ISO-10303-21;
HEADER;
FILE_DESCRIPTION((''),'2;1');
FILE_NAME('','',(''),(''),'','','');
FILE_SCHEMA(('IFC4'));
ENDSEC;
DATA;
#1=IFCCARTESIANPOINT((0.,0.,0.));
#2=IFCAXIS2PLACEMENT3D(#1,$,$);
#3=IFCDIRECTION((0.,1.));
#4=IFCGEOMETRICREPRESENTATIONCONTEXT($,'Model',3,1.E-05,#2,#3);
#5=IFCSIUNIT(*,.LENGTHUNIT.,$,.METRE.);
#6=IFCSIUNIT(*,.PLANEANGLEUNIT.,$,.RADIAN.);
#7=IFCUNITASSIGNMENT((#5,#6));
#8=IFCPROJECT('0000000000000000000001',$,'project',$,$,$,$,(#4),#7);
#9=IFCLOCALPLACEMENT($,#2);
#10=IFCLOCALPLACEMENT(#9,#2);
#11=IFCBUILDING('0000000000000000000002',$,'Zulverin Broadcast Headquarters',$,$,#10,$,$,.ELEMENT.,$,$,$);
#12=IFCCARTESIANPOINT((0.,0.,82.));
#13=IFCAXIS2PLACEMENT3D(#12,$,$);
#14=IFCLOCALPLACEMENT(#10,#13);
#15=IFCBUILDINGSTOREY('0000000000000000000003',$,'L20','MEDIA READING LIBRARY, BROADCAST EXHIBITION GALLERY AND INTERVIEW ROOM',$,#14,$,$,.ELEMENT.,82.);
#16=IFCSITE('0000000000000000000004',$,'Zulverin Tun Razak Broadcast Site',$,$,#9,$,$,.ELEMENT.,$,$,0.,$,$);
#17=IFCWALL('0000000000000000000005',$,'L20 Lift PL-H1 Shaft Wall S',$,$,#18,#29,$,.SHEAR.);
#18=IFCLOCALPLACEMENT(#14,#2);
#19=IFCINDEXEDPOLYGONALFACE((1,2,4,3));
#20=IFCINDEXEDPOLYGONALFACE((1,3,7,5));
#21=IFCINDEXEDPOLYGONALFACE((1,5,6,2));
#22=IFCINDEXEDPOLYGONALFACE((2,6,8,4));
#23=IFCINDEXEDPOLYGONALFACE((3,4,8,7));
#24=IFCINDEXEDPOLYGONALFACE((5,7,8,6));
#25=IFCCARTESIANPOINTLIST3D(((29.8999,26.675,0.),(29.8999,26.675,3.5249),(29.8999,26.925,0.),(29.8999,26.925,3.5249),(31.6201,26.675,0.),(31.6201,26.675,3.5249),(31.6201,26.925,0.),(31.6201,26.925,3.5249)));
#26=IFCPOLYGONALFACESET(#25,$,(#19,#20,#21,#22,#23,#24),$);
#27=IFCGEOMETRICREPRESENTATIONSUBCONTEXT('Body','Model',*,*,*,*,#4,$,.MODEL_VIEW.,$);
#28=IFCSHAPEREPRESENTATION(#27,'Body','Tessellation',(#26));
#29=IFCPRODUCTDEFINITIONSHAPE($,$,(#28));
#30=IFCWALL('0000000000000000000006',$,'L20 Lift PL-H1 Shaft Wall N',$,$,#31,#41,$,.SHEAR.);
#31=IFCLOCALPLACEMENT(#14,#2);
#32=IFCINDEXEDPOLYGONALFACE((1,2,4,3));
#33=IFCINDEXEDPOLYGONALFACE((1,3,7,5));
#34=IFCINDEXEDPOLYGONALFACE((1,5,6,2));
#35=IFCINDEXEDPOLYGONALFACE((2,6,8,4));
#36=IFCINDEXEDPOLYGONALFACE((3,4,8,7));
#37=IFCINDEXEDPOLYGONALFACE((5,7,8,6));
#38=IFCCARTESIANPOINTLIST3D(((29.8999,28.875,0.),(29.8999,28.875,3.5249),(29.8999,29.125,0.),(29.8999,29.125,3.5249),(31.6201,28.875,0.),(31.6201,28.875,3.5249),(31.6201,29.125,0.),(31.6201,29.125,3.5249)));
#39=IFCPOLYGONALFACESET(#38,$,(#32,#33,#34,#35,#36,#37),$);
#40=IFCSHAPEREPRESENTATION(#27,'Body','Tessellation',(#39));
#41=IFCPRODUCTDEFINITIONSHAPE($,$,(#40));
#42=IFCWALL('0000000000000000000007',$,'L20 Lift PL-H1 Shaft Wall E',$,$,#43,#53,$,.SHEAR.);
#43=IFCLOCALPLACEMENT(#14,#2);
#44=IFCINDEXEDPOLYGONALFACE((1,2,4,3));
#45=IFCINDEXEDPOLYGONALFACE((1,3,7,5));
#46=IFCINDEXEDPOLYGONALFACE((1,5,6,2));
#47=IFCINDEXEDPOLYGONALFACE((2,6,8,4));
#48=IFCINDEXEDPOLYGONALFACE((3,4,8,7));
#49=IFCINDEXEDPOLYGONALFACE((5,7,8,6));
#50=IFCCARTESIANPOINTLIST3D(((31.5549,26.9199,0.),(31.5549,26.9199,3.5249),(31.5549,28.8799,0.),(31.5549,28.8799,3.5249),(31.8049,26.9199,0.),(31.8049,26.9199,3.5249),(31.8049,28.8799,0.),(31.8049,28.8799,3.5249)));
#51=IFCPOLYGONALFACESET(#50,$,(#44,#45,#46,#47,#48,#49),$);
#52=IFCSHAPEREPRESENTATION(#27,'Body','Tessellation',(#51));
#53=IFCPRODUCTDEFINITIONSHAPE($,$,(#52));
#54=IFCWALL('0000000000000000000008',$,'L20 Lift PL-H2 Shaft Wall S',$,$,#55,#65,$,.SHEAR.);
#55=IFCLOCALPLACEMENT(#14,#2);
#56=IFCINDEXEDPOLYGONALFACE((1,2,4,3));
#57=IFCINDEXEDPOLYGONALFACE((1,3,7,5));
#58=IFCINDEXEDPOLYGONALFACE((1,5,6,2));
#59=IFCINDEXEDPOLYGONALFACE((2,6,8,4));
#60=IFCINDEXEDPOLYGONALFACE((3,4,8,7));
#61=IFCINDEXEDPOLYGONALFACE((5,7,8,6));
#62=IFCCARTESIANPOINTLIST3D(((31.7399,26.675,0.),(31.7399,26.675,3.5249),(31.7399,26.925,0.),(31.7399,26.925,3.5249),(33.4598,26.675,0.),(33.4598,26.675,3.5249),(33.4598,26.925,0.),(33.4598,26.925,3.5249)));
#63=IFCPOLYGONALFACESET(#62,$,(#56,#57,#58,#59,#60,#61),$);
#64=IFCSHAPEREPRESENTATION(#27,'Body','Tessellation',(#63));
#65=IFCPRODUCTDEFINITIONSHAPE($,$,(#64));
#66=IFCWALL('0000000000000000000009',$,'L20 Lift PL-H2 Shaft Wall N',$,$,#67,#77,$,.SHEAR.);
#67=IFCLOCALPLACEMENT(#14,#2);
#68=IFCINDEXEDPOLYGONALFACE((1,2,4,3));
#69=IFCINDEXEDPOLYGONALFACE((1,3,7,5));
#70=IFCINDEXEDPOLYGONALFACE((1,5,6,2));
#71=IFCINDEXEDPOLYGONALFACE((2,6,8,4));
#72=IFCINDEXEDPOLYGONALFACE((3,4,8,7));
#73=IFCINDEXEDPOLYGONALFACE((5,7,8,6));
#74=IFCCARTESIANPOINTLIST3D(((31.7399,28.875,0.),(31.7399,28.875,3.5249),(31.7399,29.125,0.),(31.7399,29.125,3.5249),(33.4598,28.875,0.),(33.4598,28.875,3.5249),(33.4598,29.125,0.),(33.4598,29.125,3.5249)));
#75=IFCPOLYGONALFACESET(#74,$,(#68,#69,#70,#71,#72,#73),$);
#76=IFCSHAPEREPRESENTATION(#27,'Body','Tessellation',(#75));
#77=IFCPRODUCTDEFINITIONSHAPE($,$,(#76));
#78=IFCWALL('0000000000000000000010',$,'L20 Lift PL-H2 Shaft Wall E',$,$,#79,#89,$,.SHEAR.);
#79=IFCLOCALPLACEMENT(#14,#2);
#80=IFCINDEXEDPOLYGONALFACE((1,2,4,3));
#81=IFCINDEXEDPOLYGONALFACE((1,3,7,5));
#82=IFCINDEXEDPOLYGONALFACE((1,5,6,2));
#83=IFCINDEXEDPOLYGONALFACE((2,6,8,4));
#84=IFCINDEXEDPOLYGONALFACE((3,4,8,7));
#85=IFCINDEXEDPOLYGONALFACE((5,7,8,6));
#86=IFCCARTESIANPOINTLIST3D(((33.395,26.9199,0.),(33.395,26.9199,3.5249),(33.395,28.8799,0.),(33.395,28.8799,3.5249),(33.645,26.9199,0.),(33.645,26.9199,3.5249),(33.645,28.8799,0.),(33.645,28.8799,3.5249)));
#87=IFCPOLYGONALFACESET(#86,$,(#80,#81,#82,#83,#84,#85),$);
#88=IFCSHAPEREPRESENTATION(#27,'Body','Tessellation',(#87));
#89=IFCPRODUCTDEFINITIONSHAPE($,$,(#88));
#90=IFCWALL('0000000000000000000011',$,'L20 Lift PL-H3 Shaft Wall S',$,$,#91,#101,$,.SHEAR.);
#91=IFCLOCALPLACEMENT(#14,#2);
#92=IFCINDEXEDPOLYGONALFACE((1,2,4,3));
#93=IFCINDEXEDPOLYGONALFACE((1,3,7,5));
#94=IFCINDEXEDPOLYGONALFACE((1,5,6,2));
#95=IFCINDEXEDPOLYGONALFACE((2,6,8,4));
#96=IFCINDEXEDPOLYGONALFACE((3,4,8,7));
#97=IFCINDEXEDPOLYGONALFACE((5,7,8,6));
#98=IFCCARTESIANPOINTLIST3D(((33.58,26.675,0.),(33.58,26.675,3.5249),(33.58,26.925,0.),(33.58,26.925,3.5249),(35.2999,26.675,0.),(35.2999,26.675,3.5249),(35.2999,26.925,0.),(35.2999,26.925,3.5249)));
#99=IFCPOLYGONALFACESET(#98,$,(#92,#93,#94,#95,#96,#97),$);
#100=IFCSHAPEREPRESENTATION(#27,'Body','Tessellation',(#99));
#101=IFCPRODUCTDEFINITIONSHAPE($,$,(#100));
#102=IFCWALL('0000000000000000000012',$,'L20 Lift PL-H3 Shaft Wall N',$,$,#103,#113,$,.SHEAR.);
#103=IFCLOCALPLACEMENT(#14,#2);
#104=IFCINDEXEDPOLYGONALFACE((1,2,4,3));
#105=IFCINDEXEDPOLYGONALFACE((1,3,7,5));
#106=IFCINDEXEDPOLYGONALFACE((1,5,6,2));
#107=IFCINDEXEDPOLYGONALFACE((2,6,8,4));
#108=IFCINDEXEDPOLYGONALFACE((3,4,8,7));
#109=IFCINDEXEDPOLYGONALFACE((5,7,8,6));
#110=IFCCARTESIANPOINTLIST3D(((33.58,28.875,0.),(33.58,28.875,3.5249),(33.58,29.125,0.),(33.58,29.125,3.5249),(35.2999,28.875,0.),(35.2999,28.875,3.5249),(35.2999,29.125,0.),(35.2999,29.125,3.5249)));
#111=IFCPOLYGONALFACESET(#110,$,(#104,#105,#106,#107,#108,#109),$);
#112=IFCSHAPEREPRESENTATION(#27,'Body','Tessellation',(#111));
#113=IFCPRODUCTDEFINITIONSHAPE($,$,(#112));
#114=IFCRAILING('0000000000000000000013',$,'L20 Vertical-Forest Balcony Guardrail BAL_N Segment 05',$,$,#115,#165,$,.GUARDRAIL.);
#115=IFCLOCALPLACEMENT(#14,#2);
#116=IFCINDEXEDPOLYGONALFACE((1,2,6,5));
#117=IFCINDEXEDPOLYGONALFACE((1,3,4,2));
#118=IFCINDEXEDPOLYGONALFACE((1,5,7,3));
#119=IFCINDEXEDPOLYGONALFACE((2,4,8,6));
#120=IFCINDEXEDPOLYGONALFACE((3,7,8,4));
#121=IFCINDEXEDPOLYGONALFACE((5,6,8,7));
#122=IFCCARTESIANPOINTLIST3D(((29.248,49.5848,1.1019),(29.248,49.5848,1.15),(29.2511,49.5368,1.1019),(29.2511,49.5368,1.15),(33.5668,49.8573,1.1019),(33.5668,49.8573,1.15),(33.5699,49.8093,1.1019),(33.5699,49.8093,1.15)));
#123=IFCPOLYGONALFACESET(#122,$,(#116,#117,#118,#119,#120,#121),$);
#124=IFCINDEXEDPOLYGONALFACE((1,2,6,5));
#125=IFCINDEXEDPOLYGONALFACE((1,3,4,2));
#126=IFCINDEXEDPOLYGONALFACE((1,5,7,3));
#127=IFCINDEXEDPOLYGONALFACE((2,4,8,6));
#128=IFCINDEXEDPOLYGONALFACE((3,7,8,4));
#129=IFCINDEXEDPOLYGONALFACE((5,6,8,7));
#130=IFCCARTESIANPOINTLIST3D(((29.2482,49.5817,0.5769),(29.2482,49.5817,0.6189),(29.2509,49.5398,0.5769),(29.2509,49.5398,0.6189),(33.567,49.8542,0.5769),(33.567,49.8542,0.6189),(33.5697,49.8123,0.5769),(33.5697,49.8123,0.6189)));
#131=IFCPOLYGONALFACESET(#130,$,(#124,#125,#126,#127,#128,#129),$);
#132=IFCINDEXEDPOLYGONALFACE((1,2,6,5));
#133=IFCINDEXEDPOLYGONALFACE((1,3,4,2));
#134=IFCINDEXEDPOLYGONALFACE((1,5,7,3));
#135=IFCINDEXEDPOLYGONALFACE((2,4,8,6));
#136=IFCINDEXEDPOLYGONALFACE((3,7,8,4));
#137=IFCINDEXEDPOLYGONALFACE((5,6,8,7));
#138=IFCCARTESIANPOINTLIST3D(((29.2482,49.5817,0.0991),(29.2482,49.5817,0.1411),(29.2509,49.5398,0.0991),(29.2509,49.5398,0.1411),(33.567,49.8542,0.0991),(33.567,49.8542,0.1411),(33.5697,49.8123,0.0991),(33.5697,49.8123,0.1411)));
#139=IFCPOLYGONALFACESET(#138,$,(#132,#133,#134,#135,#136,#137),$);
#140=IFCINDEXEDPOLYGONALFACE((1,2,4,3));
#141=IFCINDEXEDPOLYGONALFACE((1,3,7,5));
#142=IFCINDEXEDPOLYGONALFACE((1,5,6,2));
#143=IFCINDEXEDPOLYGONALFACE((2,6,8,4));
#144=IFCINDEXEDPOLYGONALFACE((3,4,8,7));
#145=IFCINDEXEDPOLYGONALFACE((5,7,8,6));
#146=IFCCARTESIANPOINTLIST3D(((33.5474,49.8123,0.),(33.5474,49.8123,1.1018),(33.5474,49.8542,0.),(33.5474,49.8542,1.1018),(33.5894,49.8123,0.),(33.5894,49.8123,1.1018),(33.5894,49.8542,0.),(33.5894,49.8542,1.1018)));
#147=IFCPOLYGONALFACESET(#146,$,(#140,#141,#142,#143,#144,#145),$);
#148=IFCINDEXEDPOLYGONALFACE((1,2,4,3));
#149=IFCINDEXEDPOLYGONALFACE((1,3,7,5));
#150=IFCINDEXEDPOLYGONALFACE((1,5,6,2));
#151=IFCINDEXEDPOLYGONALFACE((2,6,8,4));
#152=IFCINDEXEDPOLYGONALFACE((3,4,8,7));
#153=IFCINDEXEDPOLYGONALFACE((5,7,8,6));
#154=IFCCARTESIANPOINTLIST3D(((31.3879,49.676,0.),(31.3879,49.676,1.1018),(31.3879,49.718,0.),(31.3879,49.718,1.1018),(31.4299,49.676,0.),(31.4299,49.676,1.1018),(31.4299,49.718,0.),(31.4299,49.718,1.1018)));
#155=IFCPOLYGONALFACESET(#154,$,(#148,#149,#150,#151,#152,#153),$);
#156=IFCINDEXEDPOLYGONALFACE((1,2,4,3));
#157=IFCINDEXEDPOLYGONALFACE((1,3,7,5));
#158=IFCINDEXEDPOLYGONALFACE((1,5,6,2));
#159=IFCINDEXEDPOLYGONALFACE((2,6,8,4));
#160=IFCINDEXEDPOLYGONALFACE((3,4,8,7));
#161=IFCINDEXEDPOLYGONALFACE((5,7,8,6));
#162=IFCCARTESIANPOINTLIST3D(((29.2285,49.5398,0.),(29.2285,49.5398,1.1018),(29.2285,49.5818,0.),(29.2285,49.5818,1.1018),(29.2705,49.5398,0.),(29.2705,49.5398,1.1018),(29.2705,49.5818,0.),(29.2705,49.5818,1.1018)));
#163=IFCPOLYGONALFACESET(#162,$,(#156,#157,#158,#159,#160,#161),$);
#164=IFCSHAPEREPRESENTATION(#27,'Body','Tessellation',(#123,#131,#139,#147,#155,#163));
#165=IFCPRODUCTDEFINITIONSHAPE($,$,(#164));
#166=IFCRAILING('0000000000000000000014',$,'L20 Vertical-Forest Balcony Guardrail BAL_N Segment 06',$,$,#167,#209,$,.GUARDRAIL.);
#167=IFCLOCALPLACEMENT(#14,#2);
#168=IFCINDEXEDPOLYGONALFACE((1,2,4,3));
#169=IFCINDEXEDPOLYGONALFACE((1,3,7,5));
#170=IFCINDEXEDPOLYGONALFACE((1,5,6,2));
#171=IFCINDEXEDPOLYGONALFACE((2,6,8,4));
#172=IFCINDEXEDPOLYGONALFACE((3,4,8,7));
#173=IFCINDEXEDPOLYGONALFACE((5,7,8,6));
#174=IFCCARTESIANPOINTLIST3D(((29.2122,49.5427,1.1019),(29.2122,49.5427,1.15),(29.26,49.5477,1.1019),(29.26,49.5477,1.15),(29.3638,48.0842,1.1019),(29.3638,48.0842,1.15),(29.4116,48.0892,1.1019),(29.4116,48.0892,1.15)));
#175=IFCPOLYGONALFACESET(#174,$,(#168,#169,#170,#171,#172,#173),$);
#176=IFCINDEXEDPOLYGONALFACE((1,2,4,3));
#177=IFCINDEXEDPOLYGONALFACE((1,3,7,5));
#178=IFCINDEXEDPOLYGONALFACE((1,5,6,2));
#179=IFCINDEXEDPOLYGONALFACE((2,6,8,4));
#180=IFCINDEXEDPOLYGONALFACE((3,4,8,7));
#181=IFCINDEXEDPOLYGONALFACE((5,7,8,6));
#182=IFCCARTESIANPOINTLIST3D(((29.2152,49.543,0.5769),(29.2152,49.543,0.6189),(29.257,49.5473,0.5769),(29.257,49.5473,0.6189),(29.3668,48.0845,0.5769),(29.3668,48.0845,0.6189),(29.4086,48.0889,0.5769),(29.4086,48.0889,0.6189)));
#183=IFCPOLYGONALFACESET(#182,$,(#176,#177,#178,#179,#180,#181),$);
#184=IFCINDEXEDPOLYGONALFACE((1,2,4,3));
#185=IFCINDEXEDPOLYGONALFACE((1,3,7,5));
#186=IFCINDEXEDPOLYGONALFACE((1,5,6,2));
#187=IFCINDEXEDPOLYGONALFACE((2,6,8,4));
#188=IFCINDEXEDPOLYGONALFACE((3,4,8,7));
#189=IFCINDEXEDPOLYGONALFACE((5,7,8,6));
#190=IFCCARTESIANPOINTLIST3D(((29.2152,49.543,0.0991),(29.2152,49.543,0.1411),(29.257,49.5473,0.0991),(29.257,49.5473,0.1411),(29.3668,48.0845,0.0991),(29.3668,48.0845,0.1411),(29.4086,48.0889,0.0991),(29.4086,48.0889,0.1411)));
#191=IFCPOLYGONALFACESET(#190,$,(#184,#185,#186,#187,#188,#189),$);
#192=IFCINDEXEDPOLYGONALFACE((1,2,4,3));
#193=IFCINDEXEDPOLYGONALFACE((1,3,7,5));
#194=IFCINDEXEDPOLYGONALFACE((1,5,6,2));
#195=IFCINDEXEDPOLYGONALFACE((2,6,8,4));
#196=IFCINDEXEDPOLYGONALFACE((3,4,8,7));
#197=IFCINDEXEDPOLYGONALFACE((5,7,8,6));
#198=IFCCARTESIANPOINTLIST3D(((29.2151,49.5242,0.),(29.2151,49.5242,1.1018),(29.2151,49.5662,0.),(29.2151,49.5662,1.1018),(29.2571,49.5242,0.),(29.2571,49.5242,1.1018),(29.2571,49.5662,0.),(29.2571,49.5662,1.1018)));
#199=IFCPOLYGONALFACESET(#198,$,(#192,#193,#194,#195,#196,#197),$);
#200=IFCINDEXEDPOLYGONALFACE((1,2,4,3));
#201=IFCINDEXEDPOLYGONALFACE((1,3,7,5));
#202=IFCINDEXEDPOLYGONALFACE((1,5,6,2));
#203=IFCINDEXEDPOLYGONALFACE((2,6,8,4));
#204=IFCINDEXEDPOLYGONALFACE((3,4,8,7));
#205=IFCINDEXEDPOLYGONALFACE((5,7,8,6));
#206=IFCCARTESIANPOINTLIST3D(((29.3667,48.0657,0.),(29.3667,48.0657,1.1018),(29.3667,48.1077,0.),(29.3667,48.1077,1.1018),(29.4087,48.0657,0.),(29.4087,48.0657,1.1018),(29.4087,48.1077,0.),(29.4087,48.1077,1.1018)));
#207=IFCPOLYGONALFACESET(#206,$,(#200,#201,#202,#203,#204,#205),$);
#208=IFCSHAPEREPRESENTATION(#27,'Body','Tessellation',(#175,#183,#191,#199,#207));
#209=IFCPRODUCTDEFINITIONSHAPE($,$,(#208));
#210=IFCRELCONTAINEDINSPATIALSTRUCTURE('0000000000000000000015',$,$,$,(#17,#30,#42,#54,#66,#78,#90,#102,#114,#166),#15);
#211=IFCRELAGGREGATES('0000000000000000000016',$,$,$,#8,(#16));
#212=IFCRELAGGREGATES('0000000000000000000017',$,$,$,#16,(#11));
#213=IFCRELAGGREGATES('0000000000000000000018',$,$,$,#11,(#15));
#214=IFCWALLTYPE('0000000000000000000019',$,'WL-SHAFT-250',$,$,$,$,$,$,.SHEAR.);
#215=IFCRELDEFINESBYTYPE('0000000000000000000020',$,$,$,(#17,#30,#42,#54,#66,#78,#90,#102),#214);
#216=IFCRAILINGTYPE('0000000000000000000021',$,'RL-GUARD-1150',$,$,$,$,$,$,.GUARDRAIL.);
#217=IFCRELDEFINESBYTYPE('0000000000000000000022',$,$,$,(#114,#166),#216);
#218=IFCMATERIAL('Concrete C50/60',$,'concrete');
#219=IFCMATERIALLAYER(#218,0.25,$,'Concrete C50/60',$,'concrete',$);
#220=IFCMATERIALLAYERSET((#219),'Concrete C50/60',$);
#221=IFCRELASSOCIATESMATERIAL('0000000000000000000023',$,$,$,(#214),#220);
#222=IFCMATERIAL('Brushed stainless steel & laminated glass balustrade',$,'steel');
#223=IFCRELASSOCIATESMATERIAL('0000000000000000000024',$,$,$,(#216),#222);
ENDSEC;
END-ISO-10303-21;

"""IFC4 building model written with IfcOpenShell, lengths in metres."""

from ifc_helpers import new_model, si_unit, direction, frame, frame_2d, origin, origin_2d, place, context, subcontext, project, spatial, rectangle, extrude, material, layer, layer_set, type_object, element, save


model = new_model("IFC4")

# Units and contexts
model_context = context("Model", 3, precision=1e-05, world=origin(), true_north=direction((0.0, 1.0)))
body_context = subcontext(model_context, "Body", "Model", "MODEL_VIEW")
ifc_project = project(units=[si_unit("LENGTHUNIT", "METRE"), si_unit("PLANEANGLEUNIT", "RADIAN")], contexts=[model_context])

# Site, building, storey
site_placement = place(None, origin())
site = spatial("IfcSite", under=ifc_project, at=site_placement, Name="Zulverin Tun Razak Broadcast Site", CompositionType="ELEMENT", RefElevation=0.0)
building_placement = place(site_placement, origin())
building = spatial("IfcBuilding", under=site, at=building_placement, Name="Zulverin Broadcast Headquarters", CompositionType="ELEMENT")
storey_placement = place(building_placement, frame((0.0, 0.0, 82.0)))
storey = spatial("IfcBuildingStorey", under=building, at=storey_placement, Name="L20", Description="MEDIA READING LIBRARY, BROADCAST EXHIBITION GALLERY AND INTERVIEW ROOM", CompositionType="ELEMENT", Elevation=82.0)

# Shared definitions
ifc_material_1 = material(Name="Concrete C50/60", Category="concrete")
ifc_layer_1 = layer(ifc_material_1, 0.25, Name="Concrete C50/60", Category="concrete")
ifc_layer_set_1 = layer_set([ifc_layer_1], Name="Concrete C50/60")
wall_type_1 = type_object("IfcWallType", Name="WL-SHAFT-250", PredefinedType="SHEAR", material=ifc_layer_set_1)

# Walls
for number, where, z_axis, x_axis, name in (
    (1, (29.8999, 26.8, 0.0), (0.0, 0.0, 1.0), (1.0, 0.0, 0.0), "L20 Lift PL-H1 Shaft Wall S"),
    (2, (29.8999, 29.0, 0.0), (0.0, 0.0, 1.0), (1.0, 0.0, 0.0), "L20 Lift PL-H1 Shaft Wall N"),
):
    element("IfcWall", number, at=place(storey_placement, frame(where, z_axis=z_axis, x_axis=x_axis)), inside=storey, type_object=wall_type_1, Name=name, PredefinedType="SHEAR", context=body_context, shape_type="SweptSolid", body=[
        extrude(rectangle(XDim=1.7202, YDim=0.25, at=frame_2d((0.8601, 0.0))), origin(), (0.0, 0.0, 1.0), 3.5249),
    ])
wall_1_placement = place(storey_placement, frame((31.6799, 26.9199, 0.0), z_axis=(0.0, 0.0, 1.0), x_axis=(0.0, 1.0, 0.0)))
element("IfcWall", 3, at=wall_1_placement, inside=storey, type_object=wall_type_1, Name="L20 Lift PL-H1 Shaft Wall E", PredefinedType="SHEAR", context=body_context, shape_type="SweptSolid", body=[
    extrude(rectangle(XDim=1.96, YDim=0.25, at=frame_2d((0.98, 0.0))), origin(), (0.0, 0.0, 1.0), 3.5249),
])
for number, where, z_axis, x_axis, name in (
    (4, (31.74, 26.8, 0.0), (0.0, 0.0, 1.0), (1.0, 0.0, 0.0), "L20 Lift PL-H2 Shaft Wall S"),
    (5, (31.74, 29.0, 0.0), (0.0, 0.0, 1.0), (1.0, 0.0, 0.0), "L20 Lift PL-H2 Shaft Wall N"),
):
    element("IfcWall", number, at=place(storey_placement, frame(where, z_axis=z_axis, x_axis=x_axis)), inside=storey, type_object=wall_type_1, Name=name, PredefinedType="SHEAR", context=body_context, shape_type="SweptSolid", body=[
        extrude(rectangle(XDim=1.72, YDim=0.25, at=frame_2d((0.8599, 0.0))), origin(), (0.0, 0.0, 1.0), 3.5249),
    ])
wall_2_placement = place(storey_placement, frame((33.52, 26.9199, 0.0), z_axis=(0.0, 0.0, 1.0), x_axis=(0.0, 1.0, 0.0)))
element("IfcWall", 6, at=wall_2_placement, inside=storey, type_object=wall_type_1, Name="L20 Lift PL-H2 Shaft Wall E", PredefinedType="SHEAR", context=body_context, shape_type="SweptSolid", body=[
    extrude(rectangle(XDim=1.96, YDim=0.25, at=frame_2d((0.98, 0.0))), origin(), (0.0, 0.0, 1.0), 3.5249),
])
for number, where, z_axis, x_axis, name in (
    (7, (33.5801, 26.8, 0.0), (0.0, 0.0, 1.0), (1.0, 0.0, 0.0), "L20 Lift PL-H3 Shaft Wall S"),
    (8, (33.5801, 29.0, 0.0), (0.0, 0.0, 1.0), (1.0, 0.0, 0.0), "L20 Lift PL-H3 Shaft Wall N"),
):
    element("IfcWall", number, at=place(storey_placement, frame(where, z_axis=z_axis, x_axis=x_axis)), inside=storey, type_object=wall_type_1, Name=name, PredefinedType="SHEAR", context=body_context, shape_type="SweptSolid", body=[
        extrude(rectangle(XDim=1.72, YDim=0.25, at=frame_2d((0.8599, 0.0))), origin(), (0.0, 0.0, 1.0), 3.5249),
    ])

# Railings
ifc_material_2 = material(Name="Brushed stainless steel & laminated glass balustrade", Category="steel")
railing_type = type_object("IfcRailingType", Name="RL-GUARD-1150", PredefinedType="GUARDRAIL", material=ifc_material_2)
railing_1_placement = place(storey_placement, frame((33.5684, 49.8333, 0.0)))
element("IfcRailing", 9, at=railing_1_placement, inside=storey, type_object=railing_type, Name="L20 Vertical-Forest Balcony Guardrail BAL_N Segment 05", PredefinedType="GUARDRAIL", context=body_context, shape_type="SweptSolid", body=[
    extrude(rectangle(XDim=0.0481, YDim=0.0481, at=origin_2d()), frame((0.0, 0.0, 1.126), z_axis=(-0.998016, -0.062961, 0.0), x_axis=(0.062961, -0.998016, 0.0)), (0.0, 0.0, 1.0), 4.3274),
    extrude(rectangle(XDim=0.042, YDim=0.042, at=origin_2d()), frame((0.0, 0.0, 0.5979), z_axis=(-0.998016, -0.062961, 0.0), x_axis=(0.062961, -0.998016, 0.0)), (0.0, 0.0, 1.0), 4.3274),
    extrude(rectangle(XDim=0.042, YDim=0.042, at=origin_2d()), frame((0.0, 0.0, 0.1201), z_axis=(-0.998016, -0.062961, 0.0), x_axis=(0.062961, -0.998016, 0.0)), (0.0, 0.0, 1.0), 4.3274),
    extrude(rectangle(XDim=0.042, YDim=0.042, at=origin_2d()), origin(), (0.0, 0.0, 1.0), 1.1018),
    extrude(rectangle(XDim=0.042, YDim=0.042, at=origin_2d()), frame((-2.1594, -0.1362, 0.0)), (0.0, 0.0, 1.0), 1.1018),
    extrude(rectangle(XDim=0.042, YDim=0.042, at=origin_2d()), frame((-4.3188, -0.2725, 0.0)), (0.0, 0.0, 1.0), 1.1018),
])
railing_2_placement = place(storey_placement, frame((29.2361, 49.5452, 0.0)))
element("IfcRailing", 10, at=railing_2_placement, inside=storey, type_object=railing_type, Name="L20 Vertical-Forest Balcony Guardrail BAL_N Segment 06", PredefinedType="GUARDRAIL", context=body_context, shape_type="SweptSolid", body=[
    extrude(rectangle(XDim=0.0481, YDim=0.0481, at=origin_2d()), frame((0.0, 0.0, 1.126), z_axis=(0.103393, -0.994641, 0.0), x_axis=(0.994641, 0.103393, 0.0)), (0.0, 0.0, 1.0), 1.4663),
    extrude(rectangle(XDim=0.042, YDim=0.042, at=origin_2d()), frame((0.0, 0.0, 0.5979), z_axis=(0.103393, -0.994641, 0.0), x_axis=(0.994641, 0.103393, 0.0)), (0.0, 0.0, 1.0), 1.4663),
    extrude(rectangle(XDim=0.042, YDim=0.042, at=origin_2d()), frame((0.0, 0.0, 0.1201), z_axis=(0.103393, -0.994641, 0.0), x_axis=(0.994641, 0.103393, 0.0)), (0.0, 0.0, 1.0), 1.4663),
    extrude(rectangle(XDim=0.042, YDim=0.042, at=origin_2d()), origin(), (0.0, 0.0, 1.0), 1.1018),
    extrude(rectangle(XDim=0.042, YDim=0.042, at=origin_2d()), frame((0.1516, -1.4585, 0.0)), (0.0, 0.0, 1.0), 1.1018),
])

save(model, "model.ifc")
